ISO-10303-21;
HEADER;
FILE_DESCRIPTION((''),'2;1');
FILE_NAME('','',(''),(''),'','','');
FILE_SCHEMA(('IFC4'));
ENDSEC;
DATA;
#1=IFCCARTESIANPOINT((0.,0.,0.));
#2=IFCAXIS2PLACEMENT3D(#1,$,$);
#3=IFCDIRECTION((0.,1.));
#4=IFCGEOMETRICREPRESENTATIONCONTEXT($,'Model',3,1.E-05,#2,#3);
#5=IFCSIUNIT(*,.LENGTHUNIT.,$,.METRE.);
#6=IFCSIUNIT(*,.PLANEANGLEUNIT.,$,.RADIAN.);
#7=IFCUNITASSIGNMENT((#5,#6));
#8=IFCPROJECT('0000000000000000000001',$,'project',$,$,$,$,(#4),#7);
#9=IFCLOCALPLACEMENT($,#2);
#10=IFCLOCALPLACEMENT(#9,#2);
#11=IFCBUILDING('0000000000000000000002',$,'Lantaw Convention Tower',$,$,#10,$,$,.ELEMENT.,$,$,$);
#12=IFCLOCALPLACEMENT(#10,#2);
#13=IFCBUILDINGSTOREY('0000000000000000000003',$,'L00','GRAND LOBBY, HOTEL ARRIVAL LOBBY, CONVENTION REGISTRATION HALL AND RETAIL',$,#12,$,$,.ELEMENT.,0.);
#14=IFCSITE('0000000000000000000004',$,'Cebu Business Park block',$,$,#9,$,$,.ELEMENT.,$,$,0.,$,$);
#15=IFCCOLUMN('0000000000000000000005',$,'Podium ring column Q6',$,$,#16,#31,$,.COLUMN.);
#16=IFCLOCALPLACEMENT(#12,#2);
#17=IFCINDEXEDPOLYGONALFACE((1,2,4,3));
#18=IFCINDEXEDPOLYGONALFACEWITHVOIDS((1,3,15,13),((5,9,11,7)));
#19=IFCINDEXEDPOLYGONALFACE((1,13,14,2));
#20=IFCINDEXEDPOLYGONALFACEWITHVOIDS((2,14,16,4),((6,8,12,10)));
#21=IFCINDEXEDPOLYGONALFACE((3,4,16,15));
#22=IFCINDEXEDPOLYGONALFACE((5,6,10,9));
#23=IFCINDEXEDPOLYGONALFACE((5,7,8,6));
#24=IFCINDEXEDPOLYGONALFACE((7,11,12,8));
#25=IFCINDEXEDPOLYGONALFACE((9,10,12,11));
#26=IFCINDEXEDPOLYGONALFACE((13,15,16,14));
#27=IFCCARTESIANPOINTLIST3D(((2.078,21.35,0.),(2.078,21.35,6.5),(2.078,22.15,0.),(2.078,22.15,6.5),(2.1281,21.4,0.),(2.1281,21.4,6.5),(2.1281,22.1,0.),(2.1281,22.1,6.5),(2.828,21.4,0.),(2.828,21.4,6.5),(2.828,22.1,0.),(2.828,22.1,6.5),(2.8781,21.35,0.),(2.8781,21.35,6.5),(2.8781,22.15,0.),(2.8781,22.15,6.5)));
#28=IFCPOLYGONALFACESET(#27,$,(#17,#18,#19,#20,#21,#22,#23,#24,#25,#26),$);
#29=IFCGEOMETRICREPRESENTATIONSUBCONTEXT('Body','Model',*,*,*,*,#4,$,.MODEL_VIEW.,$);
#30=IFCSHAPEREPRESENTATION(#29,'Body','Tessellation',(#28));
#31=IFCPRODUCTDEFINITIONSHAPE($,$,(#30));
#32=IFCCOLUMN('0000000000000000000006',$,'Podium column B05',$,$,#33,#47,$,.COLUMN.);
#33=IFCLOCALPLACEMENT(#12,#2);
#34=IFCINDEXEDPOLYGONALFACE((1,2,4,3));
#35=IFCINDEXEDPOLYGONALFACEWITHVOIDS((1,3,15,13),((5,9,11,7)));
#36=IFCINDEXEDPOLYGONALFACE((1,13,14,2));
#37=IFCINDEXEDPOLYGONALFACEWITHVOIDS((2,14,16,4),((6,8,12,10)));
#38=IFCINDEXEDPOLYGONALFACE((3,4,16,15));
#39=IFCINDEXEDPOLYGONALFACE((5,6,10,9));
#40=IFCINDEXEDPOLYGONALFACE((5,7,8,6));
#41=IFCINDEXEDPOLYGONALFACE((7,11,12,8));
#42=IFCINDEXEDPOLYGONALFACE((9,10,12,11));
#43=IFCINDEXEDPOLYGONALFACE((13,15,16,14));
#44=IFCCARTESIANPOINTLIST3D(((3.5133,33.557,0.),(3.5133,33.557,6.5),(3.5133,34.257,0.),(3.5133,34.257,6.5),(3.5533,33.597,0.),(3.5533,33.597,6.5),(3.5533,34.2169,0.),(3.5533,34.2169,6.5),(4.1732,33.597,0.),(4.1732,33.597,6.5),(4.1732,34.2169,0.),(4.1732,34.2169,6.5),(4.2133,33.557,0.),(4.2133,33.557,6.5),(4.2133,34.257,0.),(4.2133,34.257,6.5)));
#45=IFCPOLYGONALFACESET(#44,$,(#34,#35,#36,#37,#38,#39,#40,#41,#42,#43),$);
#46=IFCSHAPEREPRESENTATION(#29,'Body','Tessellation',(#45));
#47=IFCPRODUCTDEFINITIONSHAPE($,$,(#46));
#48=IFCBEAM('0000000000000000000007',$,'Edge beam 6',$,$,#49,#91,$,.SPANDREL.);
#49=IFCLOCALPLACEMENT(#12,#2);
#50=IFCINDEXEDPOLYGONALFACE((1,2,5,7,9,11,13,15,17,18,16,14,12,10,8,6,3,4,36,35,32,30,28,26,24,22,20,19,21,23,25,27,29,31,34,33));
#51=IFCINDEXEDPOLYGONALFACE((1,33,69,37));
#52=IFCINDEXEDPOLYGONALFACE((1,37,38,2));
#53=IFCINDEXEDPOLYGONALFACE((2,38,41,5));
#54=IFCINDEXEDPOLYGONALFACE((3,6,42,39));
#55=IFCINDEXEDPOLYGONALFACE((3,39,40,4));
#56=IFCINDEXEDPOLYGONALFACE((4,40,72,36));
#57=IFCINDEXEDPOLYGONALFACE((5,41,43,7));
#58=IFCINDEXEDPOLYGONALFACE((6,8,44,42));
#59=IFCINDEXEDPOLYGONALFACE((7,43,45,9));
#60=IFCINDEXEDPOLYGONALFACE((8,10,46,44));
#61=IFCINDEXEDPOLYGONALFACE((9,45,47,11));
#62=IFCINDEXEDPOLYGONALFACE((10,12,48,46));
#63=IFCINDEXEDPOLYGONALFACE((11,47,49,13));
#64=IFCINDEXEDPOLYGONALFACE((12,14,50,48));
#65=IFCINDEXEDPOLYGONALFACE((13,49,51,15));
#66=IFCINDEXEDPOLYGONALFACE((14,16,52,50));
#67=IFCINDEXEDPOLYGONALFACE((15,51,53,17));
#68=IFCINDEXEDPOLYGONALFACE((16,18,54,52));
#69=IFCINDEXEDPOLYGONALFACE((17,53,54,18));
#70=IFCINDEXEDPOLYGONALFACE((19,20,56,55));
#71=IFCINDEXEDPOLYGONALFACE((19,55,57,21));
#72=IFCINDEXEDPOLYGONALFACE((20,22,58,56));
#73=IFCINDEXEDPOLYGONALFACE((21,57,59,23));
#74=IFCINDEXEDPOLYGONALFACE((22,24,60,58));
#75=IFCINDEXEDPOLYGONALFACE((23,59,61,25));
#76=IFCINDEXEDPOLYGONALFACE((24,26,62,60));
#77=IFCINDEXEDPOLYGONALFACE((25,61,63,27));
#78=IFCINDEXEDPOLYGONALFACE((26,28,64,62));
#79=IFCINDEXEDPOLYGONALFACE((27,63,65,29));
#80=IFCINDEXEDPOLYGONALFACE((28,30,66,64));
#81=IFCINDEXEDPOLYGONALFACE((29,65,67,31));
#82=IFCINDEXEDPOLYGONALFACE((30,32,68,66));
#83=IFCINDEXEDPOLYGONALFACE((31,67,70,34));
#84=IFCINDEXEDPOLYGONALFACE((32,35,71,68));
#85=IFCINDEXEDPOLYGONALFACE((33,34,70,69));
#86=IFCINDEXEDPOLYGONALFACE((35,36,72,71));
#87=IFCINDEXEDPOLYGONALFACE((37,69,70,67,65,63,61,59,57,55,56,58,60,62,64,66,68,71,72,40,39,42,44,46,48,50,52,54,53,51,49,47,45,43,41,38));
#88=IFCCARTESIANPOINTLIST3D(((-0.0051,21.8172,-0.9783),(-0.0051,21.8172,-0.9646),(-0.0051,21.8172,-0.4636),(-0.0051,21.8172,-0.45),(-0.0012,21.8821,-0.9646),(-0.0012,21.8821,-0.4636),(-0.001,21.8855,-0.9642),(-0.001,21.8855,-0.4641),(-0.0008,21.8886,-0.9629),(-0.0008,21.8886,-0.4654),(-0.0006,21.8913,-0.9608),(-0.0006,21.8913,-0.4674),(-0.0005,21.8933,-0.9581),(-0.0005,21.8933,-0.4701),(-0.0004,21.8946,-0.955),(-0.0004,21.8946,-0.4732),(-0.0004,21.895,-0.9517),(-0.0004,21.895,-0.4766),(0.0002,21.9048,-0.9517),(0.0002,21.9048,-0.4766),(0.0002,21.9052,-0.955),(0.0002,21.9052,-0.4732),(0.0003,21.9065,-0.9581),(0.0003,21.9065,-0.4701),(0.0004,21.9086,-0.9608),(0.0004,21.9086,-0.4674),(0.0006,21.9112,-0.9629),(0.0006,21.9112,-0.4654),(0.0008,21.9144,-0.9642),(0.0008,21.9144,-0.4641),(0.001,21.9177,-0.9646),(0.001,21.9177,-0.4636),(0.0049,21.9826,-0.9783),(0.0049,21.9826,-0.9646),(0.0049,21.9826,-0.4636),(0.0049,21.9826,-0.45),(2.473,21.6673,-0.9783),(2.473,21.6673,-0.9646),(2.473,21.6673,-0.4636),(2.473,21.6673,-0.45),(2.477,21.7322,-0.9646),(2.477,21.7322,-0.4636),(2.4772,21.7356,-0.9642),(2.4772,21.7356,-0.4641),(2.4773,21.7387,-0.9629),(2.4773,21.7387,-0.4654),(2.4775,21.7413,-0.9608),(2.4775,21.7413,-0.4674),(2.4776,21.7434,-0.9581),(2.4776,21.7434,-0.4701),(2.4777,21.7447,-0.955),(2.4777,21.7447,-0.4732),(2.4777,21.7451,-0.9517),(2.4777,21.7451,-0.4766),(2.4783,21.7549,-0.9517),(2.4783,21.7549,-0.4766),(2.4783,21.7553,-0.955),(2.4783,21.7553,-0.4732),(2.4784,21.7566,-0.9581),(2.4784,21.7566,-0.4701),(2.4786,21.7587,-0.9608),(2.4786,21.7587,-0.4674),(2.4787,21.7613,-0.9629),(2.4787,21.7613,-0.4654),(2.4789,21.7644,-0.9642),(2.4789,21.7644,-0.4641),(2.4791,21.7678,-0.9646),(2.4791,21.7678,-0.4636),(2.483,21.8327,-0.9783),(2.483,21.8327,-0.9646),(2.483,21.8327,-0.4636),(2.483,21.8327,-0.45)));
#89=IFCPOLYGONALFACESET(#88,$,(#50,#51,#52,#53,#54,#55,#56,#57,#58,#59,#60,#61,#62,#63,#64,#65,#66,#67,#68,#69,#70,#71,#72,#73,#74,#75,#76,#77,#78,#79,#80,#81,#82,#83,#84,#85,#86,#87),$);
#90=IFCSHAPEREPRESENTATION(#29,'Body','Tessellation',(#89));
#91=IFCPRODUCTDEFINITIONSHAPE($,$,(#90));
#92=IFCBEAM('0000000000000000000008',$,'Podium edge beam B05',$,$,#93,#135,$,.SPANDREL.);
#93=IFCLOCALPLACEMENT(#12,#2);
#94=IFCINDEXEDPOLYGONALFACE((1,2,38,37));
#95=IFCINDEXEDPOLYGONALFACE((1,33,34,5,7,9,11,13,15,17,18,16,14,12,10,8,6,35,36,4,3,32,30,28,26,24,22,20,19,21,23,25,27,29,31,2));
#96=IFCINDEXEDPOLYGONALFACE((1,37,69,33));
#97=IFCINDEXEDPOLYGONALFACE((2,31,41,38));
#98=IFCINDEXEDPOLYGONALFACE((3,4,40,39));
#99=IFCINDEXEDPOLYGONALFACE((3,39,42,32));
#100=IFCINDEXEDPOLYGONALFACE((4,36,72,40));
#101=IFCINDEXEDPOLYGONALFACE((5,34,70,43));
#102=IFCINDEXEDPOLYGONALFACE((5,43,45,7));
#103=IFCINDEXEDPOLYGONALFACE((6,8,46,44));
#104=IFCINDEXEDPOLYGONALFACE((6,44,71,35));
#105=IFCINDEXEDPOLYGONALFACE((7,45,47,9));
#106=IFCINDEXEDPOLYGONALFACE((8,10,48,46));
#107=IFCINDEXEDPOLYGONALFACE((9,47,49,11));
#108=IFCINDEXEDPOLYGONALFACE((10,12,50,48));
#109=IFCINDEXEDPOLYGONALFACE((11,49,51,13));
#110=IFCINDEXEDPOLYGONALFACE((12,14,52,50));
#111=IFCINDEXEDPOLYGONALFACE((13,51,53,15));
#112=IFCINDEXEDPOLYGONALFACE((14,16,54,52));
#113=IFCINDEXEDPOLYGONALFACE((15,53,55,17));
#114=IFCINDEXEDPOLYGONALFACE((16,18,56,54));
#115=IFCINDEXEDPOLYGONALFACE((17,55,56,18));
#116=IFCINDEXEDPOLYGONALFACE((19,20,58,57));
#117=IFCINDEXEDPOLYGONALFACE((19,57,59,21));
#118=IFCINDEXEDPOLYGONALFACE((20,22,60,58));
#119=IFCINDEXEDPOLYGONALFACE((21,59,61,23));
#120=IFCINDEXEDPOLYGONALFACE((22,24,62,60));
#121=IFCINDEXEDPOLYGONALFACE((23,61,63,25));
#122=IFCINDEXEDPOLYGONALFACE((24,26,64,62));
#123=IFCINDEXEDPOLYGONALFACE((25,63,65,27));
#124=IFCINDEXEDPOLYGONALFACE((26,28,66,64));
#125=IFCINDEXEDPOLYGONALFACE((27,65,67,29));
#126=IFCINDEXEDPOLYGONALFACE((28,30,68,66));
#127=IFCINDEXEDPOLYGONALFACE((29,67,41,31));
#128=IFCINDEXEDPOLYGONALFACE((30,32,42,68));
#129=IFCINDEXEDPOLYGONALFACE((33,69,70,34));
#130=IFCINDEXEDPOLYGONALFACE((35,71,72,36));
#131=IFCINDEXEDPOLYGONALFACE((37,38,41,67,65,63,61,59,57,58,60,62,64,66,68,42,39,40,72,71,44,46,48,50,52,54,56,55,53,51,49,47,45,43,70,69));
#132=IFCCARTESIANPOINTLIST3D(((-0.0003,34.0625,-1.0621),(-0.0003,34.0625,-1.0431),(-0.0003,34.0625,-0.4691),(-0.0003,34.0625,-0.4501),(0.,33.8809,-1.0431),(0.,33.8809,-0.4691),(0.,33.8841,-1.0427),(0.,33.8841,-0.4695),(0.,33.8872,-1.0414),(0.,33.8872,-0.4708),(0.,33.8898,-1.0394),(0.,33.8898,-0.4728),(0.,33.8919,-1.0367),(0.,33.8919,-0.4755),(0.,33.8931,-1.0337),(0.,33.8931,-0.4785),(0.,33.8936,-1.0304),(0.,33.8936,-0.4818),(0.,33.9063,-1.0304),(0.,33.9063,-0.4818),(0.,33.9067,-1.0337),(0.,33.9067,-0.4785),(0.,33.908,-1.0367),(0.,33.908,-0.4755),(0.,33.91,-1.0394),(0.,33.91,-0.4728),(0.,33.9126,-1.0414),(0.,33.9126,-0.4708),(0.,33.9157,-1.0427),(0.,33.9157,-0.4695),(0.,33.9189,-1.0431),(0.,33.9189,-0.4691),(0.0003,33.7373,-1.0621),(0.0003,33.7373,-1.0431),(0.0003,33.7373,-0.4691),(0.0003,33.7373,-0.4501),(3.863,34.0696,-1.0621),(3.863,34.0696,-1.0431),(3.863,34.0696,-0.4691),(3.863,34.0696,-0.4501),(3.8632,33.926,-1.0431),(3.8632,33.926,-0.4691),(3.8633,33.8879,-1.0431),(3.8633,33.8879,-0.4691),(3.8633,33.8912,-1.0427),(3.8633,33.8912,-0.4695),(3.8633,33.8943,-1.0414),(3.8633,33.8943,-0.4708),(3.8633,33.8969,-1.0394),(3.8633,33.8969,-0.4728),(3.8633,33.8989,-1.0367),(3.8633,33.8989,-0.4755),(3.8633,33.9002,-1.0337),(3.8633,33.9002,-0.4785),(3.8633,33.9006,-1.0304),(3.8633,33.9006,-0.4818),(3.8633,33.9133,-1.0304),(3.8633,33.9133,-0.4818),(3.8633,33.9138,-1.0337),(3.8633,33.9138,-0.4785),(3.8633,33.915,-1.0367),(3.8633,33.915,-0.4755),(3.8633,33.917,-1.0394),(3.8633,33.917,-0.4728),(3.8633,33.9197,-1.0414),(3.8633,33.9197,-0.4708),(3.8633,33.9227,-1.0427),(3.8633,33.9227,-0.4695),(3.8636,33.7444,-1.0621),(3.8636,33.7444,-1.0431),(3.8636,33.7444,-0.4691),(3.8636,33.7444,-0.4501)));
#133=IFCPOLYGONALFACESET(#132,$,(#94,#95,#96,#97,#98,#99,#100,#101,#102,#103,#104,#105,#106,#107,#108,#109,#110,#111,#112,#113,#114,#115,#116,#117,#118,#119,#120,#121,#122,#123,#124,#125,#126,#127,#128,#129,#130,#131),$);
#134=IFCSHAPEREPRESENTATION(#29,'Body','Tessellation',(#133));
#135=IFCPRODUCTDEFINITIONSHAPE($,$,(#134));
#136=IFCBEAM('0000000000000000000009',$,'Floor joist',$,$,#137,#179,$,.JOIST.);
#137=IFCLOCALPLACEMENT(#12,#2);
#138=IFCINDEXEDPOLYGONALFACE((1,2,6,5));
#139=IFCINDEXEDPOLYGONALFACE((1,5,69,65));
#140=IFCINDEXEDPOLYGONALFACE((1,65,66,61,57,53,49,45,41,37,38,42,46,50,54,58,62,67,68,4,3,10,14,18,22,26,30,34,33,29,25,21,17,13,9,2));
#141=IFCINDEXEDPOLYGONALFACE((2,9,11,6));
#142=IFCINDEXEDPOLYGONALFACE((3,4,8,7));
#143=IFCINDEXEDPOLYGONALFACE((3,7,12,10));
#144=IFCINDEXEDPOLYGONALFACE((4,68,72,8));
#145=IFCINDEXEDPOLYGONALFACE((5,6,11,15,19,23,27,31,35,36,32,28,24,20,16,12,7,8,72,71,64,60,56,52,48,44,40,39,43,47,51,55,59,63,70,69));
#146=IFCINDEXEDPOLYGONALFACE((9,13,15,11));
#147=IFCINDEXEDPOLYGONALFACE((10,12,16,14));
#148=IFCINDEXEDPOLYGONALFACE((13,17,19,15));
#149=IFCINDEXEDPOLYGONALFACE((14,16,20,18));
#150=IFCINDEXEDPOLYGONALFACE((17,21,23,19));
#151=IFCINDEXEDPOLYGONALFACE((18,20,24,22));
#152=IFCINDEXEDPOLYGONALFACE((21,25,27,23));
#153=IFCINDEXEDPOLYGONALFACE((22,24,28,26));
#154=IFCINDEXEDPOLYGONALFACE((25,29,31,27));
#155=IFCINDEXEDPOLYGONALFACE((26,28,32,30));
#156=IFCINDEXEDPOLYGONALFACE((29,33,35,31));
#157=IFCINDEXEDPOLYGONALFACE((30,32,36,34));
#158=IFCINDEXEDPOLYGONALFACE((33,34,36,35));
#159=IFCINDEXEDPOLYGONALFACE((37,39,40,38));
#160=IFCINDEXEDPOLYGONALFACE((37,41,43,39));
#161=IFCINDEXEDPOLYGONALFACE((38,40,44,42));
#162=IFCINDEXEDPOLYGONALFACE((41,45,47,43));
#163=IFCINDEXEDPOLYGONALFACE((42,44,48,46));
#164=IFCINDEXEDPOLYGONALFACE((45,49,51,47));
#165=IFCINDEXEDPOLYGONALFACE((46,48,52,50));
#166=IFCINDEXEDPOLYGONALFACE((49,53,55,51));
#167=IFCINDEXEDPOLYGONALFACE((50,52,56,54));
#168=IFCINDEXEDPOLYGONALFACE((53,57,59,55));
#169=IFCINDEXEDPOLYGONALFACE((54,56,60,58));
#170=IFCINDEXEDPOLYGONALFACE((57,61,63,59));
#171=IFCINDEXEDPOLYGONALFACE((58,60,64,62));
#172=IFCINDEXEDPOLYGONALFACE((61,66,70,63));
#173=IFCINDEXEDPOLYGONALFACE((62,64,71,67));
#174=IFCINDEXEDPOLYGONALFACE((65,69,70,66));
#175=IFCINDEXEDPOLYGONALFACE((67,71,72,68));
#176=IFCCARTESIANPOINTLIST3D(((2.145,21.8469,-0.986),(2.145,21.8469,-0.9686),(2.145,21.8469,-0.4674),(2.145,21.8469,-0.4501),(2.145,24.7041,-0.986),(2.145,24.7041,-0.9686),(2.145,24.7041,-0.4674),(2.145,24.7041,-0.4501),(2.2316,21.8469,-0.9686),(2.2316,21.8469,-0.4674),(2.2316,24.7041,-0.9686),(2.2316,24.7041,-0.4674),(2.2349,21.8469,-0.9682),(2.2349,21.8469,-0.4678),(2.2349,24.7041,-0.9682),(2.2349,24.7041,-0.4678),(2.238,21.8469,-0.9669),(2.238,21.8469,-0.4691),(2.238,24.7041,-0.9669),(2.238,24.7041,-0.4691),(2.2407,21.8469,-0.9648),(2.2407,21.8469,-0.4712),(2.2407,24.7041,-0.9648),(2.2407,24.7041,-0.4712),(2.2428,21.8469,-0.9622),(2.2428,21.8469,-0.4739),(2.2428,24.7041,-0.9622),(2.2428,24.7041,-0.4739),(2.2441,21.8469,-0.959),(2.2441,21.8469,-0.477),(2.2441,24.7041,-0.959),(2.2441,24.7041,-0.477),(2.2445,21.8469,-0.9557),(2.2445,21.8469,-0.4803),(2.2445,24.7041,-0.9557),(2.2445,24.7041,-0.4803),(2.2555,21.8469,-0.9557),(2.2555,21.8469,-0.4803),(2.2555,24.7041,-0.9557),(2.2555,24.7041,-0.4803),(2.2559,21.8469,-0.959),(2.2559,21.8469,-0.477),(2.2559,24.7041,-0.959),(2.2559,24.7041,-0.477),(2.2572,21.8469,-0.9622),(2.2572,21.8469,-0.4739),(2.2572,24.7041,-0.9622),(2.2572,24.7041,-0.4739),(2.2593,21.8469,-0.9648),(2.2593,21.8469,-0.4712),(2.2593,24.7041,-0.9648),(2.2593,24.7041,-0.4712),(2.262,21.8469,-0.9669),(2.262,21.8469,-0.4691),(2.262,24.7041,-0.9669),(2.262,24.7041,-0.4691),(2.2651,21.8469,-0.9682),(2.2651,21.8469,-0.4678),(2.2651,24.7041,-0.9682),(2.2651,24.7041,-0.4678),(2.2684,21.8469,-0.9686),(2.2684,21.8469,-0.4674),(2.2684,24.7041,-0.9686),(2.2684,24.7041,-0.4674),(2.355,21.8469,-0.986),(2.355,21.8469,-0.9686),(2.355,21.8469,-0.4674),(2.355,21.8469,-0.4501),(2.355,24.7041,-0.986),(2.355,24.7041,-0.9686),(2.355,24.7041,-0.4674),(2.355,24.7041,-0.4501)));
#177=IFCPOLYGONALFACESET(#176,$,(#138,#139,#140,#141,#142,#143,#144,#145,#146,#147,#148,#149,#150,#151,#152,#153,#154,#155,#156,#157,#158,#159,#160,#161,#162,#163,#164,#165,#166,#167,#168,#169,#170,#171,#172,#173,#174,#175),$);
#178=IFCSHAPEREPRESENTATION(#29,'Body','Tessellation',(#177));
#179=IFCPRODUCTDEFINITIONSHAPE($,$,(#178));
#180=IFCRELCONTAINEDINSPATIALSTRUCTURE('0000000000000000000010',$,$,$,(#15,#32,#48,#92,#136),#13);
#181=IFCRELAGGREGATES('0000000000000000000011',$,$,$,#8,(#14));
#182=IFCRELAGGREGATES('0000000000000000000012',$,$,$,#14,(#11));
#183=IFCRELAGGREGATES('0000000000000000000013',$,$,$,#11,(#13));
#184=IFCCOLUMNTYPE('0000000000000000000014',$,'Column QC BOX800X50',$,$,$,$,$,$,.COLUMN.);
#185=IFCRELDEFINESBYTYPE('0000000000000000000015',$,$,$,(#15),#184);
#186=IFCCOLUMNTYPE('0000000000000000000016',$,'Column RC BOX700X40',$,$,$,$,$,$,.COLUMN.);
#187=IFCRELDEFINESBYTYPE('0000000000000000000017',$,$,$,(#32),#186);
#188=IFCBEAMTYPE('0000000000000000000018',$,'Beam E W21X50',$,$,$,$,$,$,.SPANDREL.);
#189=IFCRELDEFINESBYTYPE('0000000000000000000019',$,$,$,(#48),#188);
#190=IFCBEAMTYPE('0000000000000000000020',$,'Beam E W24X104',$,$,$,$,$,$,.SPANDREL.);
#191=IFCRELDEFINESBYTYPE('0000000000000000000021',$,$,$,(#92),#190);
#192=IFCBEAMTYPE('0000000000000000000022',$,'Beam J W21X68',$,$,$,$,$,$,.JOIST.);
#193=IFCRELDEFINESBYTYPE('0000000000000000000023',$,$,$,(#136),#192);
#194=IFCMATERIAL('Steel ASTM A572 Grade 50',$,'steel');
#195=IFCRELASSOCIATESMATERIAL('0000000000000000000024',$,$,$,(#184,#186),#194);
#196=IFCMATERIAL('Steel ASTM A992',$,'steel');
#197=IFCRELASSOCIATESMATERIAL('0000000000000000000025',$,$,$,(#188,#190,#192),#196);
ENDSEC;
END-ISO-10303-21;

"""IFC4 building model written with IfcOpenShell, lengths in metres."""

from ifc_helpers import new_model, si_unit, direction, frame, origin, origin_2d, place, context, subcontext, project, spatial, hollow_rectangle, i_section, extrude, material, material_profile, profile_set, type_object, element, save


model = new_model("IFC4")

# Units and contexts
model_context = context("Model", 3, precision=1e-05, world=origin(), true_north=direction((0.0, 1.0)))
body_context = subcontext(model_context, "Body", "Model", "MODEL_VIEW")
ifc_project = project(units=[si_unit("LENGTHUNIT", "METRE"), si_unit("PLANEANGLEUNIT", "RADIAN")], contexts=[model_context])

# Site, building, storey
site_placement = place(None, origin())
site = spatial("IfcSite", under=ifc_project, at=site_placement, Name="Cebu Business Park block", CompositionType="ELEMENT", RefElevation=0.0)
building_placement = place(site_placement, origin())
building = spatial("IfcBuilding", under=site, at=building_placement, Name="Lantaw Convention Tower", CompositionType="ELEMENT")
storey_placement = place(building_placement, origin())
storey = spatial("IfcBuildingStorey", under=building, at=storey_placement, Name="L00", Description="GRAND LOBBY, HOTEL ARRIVAL LOBBY, CONVENTION REGISTRATION HALL AND RETAIL", CompositionType="ELEMENT", Elevation=0.0)

# Columns
ifc_material_1 = material(Name="Steel ASTM A572 Grade 50", Category="steel")
ifc_material_profile_1 = material_profile(ifc_material_1, hollow_rectangle(XDim=0.8, YDim=0.8, WallThickness=0.05, at=origin_2d()), Name="BOX800X50")
ifc_profile_set_1 = profile_set([ifc_material_profile_1], Name="Steel ASTM A572 Grade 50")
column_type_1 = type_object("IfcColumnType", Name="Column QC BOX800X50", PredefinedType="COLUMN", material=ifc_profile_set_1)
column_1_placement = place(storey_placement, frame((2.478, 21.75, 0.0), z_axis=(0.0, 0.0, 1.0), x_axis=(1.0, 0.0, 0.0)))
element("IfcColumn", 1, at=column_1_placement, inside=storey, type_object=column_type_1, Name="Podium ring column Q6", PredefinedType="COLUMN", context=body_context, shape_type="SweptSolid", body=[
    extrude(hollow_rectangle(XDim=0.8, YDim=0.8, WallThickness=0.05, at=origin_2d()), origin(), (0.0, 0.0, 1.0), 6.5),
])
ifc_material_profile_2 = material_profile(ifc_material_1, hollow_rectangle(XDim=0.7, YDim=0.7, WallThickness=0.04, at=origin_2d()), Name="BOX700X40")
ifc_profile_set_2 = profile_set([ifc_material_profile_2], Name="Steel ASTM A572 Grade 50")
column_type_2 = type_object("IfcColumnType", Name="Column RC BOX700X40", PredefinedType="COLUMN", material=ifc_profile_set_2)
column_2_placement = place(storey_placement, frame((3.8633, 33.907, 0.0), z_axis=(0.0, 0.0, 1.0), x_axis=(1.0, 0.0, 0.0)))
element("IfcColumn", 2, at=column_2_placement, inside=storey, type_object=column_type_2, Name="Podium column B05", PredefinedType="COLUMN", context=body_context, shape_type="SweptSolid", body=[
    extrude(hollow_rectangle(XDim=0.7, YDim=0.7, WallThickness=0.04, at=origin_2d()), origin(), (0.0, 0.0, 1.0), 6.5),
])

# Beams
ifc_material_2 = material(Name="Steel ASTM A992", Category="steel")
ifc_material_profile_3 = material_profile(ifc_material_2, i_section(OverallWidth=0.1658, OverallDepth=0.5283, WebThickness=0.0098, FlangeThickness=0.0137, FilletRadius=0.0129, at=origin_2d()), Name="W21X50")
ifc_profile_set_3 = profile_set([ifc_material_profile_3], Name="Steel ASTM A992")
beam_type_1 = type_object("IfcBeamType", Name="Beam E W21X50", PredefinedType="SPANDREL", material=ifc_profile_set_3)
beam_1_placement = place(storey_placement, frame((2.478, 21.75, -0.7141), z_axis=(-0.998175, 0.060382, 0.0), x_axis=(-0.060382, -0.998175, 0.0)))
element("IfcBeam", 3, at=beam_1_placement, inside=storey, type_object=beam_type_1, Name="Edge beam 6", PredefinedType="SPANDREL", context=body_context, shape_type="SweptSolid", body=[
    extrude(i_section(OverallWidth=0.1658, OverallDepth=0.5283, WebThickness=0.0098, FlangeThickness=0.0137, FilletRadius=0.0129, at=origin_2d()), origin(), (0.0, 0.0, 1.0), 2.4827),
])
ifc_material_profile_4 = material_profile(ifc_material_2, i_section(OverallWidth=0.3252, OverallDepth=0.6121, WebThickness=0.0127, FlangeThickness=0.019, FilletRadius=0.0127, at=origin_2d()), Name="W24X104")
ifc_profile_set_4 = profile_set([ifc_material_profile_4], Name="Steel ASTM A992")
beam_type_2 = type_object("IfcBeamType", Name="Beam E W24X104", PredefinedType="SPANDREL", material=ifc_profile_set_4)
beam_2_placement = place(storey_placement, frame((3.8633, 33.907, -0.7561), z_axis=(-0.999998, -0.001833, 0.0), x_axis=(0.001833, -0.999998, 0.0)))
element("IfcBeam", 4, at=beam_2_placement, inside=storey, type_object=beam_type_2, Name="Podium edge beam B05", PredefinedType="SPANDREL", context=body_context, shape_type="SweptSolid", body=[
    extrude(i_section(OverallWidth=0.3252, OverallDepth=0.6121, WebThickness=0.0127, FlangeThickness=0.019, FilletRadius=0.0127, at=origin_2d()), origin(), (0.0, 0.0, 1.0), 3.8633),
])
ifc_material_profile_5 = material_profile(ifc_material_2, i_section(OverallWidth=0.21, OverallDepth=0.5359, WebThickness=0.011, FlangeThickness=0.0173, FilletRadius=0.0129, at=origin_2d()), Name="W21X68")
ifc_profile_set_5 = profile_set([ifc_material_profile_5], Name="Steel ASTM A992")
beam_type_3 = type_object("IfcBeamType", Name="Beam J W21X68", PredefinedType="JOIST", material=ifc_profile_set_5)
beam_3_placement = place(storey_placement, frame((2.25, 21.8469, -0.718), z_axis=(0.0, 1.0, 0.0), x_axis=(-1.0, 0.0, 0.0)))
element("IfcBeam", 5, at=beam_3_placement, inside=storey, type_object=beam_type_3, Name="Floor joist", PredefinedType="JOIST", context=body_context, shape_type="SweptSolid", body=[
    extrude(i_section(OverallWidth=0.21, OverallDepth=0.5359, WebThickness=0.011, FlangeThickness=0.0173, FilletRadius=0.0129, at=origin_2d()), origin(), (0.0, 0.0, 1.0), 2.8572),
])

save(model, "model.ifc")
